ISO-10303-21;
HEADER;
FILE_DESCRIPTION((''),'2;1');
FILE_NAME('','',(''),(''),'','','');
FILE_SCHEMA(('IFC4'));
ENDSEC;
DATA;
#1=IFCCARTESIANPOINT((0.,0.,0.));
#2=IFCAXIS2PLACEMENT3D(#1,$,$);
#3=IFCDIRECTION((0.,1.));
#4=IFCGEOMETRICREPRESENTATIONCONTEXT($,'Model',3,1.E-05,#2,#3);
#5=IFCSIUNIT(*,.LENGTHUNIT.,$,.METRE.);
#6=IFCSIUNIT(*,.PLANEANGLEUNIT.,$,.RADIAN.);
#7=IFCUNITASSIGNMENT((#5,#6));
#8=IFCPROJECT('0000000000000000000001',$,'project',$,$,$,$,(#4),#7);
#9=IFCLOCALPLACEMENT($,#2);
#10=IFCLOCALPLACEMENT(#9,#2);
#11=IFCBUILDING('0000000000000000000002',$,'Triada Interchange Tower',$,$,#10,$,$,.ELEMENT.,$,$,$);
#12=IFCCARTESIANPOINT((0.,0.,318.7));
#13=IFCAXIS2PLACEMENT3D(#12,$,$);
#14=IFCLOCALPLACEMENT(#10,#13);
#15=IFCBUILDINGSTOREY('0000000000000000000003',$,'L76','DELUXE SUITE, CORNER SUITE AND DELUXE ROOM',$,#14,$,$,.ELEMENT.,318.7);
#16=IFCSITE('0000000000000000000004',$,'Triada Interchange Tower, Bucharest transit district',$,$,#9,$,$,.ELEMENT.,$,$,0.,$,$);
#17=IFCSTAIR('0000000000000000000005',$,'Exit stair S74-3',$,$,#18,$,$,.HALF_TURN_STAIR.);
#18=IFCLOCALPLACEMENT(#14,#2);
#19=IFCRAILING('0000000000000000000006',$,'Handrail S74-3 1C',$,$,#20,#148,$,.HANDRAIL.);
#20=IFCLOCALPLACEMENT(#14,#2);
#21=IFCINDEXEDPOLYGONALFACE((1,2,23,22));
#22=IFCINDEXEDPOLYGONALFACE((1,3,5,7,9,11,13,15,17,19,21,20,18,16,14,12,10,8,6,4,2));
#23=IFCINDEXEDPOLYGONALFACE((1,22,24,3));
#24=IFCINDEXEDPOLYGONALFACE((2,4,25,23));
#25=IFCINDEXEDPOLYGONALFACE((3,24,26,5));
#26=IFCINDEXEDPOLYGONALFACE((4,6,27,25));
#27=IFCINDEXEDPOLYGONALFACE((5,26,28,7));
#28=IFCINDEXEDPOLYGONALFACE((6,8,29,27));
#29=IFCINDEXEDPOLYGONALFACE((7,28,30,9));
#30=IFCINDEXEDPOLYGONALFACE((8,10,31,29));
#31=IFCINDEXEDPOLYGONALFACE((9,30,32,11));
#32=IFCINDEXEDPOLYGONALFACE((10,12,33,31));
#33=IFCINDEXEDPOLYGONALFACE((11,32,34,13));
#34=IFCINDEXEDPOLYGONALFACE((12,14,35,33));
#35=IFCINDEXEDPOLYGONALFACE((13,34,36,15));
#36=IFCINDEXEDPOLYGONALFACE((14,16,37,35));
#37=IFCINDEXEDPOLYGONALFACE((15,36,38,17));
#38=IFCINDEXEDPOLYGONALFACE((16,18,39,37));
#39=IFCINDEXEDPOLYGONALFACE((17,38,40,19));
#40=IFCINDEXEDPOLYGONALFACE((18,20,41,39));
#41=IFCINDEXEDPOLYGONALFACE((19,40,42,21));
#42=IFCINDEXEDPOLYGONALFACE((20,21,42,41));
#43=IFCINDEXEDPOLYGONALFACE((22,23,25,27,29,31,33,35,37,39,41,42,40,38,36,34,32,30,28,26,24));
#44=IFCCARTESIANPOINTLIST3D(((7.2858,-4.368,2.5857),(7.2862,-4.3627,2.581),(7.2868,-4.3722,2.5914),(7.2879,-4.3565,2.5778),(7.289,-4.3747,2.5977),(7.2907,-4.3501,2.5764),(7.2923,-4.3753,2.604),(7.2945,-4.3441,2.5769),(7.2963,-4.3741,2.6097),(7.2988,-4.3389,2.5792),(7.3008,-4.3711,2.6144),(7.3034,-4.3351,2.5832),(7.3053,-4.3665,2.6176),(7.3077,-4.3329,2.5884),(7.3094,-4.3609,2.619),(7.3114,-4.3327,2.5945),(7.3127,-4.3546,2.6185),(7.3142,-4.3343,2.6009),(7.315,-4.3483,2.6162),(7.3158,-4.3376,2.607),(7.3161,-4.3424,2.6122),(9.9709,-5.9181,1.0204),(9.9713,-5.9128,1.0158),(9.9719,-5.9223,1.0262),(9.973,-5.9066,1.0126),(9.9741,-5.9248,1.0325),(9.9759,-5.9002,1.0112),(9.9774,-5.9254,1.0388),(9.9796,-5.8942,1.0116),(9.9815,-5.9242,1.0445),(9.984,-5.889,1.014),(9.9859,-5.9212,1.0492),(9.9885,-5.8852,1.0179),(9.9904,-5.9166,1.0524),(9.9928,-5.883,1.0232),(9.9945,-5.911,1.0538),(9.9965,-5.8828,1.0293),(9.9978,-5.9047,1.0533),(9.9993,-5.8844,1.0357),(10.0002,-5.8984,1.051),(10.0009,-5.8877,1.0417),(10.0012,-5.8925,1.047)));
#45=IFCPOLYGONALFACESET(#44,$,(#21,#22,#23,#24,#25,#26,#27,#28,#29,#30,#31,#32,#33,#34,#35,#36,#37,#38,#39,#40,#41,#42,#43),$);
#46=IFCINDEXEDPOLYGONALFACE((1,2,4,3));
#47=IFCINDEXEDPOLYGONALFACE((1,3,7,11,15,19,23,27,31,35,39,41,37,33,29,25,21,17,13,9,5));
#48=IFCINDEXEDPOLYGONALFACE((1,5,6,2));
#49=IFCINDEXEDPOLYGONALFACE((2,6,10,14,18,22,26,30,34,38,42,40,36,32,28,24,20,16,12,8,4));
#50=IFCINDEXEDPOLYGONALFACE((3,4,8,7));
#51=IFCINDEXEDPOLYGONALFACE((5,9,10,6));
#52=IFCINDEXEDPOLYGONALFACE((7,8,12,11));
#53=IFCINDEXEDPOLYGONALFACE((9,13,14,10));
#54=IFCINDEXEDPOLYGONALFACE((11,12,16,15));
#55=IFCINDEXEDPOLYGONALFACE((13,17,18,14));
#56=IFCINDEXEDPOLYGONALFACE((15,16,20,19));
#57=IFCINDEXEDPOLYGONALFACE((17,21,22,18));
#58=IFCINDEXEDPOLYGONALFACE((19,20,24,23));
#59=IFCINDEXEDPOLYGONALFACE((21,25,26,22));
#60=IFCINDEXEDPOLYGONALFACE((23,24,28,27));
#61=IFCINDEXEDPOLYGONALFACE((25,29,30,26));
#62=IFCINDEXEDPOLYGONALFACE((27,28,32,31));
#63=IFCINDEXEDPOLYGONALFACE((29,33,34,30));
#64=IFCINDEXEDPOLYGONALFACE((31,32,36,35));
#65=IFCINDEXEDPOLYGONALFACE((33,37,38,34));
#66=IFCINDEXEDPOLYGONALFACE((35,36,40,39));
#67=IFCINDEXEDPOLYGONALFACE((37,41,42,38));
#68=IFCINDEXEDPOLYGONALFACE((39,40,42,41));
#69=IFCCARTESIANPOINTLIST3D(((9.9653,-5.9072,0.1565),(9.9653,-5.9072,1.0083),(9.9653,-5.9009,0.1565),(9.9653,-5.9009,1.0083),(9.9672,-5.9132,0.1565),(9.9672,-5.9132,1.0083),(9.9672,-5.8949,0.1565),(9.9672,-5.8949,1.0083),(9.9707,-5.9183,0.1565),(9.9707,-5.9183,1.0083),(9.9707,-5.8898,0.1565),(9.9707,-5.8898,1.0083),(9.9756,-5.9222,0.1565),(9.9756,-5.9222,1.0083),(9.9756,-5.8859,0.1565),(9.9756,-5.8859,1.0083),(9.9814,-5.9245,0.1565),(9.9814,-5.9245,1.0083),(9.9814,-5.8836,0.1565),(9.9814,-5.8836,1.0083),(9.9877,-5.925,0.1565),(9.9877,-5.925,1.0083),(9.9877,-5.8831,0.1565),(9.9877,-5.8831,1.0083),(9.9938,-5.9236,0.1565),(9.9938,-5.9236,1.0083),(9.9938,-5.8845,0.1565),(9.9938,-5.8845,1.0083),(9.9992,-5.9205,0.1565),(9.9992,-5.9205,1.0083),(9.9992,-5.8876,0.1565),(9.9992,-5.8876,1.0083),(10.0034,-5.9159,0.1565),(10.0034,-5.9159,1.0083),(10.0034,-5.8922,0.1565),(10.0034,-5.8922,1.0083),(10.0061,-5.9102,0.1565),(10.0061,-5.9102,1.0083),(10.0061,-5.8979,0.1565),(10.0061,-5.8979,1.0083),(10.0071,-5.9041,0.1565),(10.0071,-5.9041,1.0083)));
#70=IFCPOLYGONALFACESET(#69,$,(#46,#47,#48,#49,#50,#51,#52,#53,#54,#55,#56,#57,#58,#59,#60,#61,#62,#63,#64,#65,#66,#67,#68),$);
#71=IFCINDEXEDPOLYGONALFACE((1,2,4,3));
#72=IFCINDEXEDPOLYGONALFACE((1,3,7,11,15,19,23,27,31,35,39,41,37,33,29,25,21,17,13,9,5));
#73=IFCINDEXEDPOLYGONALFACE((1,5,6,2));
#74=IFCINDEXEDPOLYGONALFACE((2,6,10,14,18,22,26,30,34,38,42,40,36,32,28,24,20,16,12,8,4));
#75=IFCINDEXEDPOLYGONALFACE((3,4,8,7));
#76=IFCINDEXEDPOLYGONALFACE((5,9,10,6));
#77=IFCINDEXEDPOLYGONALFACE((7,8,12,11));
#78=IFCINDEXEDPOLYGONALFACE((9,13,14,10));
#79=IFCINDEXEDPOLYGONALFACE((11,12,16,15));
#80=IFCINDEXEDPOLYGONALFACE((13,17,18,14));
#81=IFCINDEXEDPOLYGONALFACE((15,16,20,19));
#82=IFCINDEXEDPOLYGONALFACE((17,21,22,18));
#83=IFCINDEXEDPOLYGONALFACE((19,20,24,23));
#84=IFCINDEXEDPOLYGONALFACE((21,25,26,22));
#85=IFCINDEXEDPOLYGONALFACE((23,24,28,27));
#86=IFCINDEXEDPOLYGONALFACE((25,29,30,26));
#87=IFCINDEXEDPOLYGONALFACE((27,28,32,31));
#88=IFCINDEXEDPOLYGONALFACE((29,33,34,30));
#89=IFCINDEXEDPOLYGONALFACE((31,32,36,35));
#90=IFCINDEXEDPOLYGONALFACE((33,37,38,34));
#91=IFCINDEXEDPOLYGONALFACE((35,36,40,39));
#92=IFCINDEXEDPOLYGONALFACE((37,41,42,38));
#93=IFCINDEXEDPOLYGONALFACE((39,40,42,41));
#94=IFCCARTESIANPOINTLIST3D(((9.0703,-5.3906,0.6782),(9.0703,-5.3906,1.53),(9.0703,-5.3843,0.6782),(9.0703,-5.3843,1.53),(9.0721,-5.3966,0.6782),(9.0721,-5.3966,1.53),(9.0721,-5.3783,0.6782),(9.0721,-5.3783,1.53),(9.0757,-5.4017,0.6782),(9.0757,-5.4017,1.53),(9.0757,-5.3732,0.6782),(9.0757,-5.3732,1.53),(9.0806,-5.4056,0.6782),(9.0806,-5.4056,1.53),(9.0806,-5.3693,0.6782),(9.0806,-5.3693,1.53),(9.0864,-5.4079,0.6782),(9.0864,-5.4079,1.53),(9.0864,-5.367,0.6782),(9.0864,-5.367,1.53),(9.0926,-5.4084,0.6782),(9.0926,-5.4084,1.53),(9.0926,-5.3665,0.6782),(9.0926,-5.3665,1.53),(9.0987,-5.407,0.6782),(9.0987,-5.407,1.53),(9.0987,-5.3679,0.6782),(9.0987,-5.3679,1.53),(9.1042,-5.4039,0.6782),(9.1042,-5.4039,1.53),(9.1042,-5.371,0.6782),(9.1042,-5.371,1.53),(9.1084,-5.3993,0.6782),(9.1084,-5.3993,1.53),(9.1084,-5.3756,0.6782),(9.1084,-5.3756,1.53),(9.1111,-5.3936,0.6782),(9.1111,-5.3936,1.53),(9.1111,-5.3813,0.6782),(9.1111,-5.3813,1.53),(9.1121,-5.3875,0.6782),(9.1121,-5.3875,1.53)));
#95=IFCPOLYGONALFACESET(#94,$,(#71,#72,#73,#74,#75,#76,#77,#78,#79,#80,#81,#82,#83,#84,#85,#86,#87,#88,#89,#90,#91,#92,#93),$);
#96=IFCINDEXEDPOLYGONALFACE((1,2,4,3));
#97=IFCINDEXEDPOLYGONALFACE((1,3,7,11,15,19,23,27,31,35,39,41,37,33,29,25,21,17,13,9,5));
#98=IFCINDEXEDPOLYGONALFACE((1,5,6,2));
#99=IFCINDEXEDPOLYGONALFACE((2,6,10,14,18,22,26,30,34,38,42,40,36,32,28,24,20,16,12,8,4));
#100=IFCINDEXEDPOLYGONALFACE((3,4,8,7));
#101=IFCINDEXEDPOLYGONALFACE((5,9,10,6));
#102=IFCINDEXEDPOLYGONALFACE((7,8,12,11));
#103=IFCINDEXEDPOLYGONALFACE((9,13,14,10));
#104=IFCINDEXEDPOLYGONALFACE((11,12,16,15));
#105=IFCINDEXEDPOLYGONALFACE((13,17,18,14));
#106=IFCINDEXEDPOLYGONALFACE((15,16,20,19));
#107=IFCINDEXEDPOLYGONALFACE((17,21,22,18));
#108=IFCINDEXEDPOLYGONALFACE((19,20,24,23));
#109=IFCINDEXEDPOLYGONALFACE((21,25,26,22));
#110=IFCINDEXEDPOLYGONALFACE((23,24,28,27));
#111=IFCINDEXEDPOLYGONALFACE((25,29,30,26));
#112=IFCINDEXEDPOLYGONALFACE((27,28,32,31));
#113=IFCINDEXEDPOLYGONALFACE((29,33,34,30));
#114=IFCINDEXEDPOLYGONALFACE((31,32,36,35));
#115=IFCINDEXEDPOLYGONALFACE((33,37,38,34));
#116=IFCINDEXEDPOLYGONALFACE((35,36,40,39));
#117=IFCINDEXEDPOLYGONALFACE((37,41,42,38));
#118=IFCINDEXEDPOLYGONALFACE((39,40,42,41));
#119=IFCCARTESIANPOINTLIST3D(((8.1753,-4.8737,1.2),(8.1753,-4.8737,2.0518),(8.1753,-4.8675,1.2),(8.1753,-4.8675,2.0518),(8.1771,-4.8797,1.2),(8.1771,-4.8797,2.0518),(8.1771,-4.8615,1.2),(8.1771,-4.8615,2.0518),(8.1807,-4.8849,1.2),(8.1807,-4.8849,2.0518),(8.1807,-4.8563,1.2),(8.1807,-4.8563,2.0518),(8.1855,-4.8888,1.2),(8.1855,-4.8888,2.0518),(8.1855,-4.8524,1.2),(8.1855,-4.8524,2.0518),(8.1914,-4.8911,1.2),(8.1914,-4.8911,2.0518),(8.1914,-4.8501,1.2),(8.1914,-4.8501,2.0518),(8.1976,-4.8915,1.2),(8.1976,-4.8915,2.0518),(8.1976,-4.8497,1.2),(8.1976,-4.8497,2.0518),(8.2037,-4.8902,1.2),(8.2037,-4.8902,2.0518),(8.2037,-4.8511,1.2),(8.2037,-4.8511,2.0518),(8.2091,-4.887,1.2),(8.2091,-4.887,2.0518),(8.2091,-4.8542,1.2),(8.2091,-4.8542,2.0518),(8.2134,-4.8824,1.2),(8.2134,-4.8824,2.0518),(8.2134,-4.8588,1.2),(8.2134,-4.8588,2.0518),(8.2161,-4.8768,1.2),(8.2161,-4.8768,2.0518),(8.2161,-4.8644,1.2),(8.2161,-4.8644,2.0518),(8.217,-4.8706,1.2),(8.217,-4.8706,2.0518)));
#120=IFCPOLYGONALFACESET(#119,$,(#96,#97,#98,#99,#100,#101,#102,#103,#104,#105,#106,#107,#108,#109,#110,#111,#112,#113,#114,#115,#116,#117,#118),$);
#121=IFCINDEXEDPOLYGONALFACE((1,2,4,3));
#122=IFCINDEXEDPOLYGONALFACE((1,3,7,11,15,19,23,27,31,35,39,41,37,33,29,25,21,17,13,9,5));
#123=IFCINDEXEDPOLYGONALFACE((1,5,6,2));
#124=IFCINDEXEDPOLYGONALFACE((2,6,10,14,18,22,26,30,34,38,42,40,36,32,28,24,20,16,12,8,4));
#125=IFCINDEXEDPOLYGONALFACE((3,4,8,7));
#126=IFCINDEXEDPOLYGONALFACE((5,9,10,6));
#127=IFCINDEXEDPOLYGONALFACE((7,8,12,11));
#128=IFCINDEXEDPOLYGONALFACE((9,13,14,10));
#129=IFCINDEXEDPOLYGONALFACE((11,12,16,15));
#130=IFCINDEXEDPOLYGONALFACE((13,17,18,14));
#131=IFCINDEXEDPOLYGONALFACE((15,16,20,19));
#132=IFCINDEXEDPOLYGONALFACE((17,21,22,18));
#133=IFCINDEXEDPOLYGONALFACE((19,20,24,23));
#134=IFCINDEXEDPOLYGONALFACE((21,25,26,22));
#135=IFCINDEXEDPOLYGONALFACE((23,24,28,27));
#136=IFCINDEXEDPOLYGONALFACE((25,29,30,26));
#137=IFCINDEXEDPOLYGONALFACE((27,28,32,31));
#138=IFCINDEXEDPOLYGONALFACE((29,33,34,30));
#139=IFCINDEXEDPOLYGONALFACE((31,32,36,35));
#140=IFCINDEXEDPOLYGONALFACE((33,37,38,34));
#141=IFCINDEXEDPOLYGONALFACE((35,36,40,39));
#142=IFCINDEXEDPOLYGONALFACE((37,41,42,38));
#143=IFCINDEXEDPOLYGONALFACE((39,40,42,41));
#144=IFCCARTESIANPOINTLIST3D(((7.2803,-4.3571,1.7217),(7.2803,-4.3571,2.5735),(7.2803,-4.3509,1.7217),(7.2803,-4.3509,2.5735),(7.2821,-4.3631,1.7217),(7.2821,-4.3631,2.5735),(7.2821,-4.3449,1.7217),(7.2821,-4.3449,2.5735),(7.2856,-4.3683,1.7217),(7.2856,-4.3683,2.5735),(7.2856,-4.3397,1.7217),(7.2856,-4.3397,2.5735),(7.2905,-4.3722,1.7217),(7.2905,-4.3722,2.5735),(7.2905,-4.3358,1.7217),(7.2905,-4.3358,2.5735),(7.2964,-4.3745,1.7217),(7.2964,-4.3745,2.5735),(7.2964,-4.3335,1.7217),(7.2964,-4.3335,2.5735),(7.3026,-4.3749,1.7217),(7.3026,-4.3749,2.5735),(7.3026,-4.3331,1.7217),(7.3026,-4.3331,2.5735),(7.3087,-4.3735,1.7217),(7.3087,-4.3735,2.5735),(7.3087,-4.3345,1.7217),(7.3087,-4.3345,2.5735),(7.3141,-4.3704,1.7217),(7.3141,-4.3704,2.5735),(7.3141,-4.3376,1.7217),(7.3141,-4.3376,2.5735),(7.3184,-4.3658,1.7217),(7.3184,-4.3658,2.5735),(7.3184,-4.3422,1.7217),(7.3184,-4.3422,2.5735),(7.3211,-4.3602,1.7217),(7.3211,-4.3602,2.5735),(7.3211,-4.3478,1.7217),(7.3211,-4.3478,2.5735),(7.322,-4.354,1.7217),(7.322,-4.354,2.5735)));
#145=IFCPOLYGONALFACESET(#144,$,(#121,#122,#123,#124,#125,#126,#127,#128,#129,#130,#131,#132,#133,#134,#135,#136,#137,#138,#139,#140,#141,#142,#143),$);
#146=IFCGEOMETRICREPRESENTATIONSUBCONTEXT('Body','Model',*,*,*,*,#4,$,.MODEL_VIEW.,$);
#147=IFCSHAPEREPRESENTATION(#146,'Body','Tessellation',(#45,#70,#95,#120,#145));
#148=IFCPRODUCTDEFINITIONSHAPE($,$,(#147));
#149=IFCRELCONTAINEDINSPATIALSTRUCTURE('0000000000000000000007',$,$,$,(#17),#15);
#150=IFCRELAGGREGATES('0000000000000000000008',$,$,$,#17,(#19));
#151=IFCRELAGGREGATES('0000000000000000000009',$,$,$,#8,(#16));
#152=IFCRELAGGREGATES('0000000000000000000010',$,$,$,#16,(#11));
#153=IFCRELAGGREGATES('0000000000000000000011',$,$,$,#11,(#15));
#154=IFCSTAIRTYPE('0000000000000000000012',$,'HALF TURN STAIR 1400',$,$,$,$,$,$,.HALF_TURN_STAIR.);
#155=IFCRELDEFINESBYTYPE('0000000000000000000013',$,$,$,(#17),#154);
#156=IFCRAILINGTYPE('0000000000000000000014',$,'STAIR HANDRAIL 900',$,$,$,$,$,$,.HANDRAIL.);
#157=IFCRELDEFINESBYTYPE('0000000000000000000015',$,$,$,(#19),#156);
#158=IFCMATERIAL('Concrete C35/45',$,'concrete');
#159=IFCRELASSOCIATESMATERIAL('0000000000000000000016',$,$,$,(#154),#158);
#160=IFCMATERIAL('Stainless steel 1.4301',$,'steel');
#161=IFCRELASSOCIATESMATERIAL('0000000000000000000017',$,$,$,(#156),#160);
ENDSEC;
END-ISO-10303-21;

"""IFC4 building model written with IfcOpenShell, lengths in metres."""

from ifc_helpers import new_model, si_unit, direction, frame, origin, origin_2d, place, context, subcontext, project, spatial, circle, extrude, material, type_object, element, aggregate, save


model = new_model("IFC4")

# Units and contexts
model_context = context("Model", 3, precision=1e-05, world=origin(), true_north=direction((0.0, 1.0)))
body_context = subcontext(model_context, "Body", "Model", "MODEL_VIEW")
ifc_project = project(units=[si_unit("LENGTHUNIT", "METRE"), si_unit("PLANEANGLEUNIT", "RADIAN")], contexts=[model_context])

# Site, building, storey
site_placement = place(None, origin())
site = spatial("IfcSite", under=ifc_project, at=site_placement, Name="Triada Interchange Tower, Bucharest transit district", CompositionType="ELEMENT", RefElevation=0.0)
building_placement = place(site_placement, origin())
building = spatial("IfcBuilding", under=site, at=building_placement, Name="Triada Interchange Tower", CompositionType="ELEMENT")
storey_placement = place(building_placement, frame((0.0, 0.0, 318.7)))
storey = spatial("IfcBuildingStorey", under=building, at=storey_placement, Name="L76", Description="DELUXE SUITE, CORNER SUITE AND DELUXE ROOM", CompositionType="ELEMENT", Elevation=318.7)

# Stair, railing
ifc_material_1 = material(Name="Concrete C35/45", Category="concrete")
stair_type = type_object("IfcStairType", Name="HALF TURN STAIR 1400", PredefinedType="HALF_TURN_STAIR", material=ifc_material_1)
stair_placement = place(storey_placement, origin())
stair = element("IfcStair", 1, at=stair_placement, inside=storey, type_object=stair_type, Name="Exit stair S74-3", PredefinedType="HALF_TURN_STAIR")
ifc_material_2 = material(Name="Stainless steel 1.4301", Category="steel")
railing_type = type_object("IfcRailingType", Name="STAIR HANDRAIL 900", PredefinedType="HANDRAIL", material=ifc_material_2)
railing_1_placement = place(storey_placement, frame((9.9861, -5.9041, 0.1565)))
railing_1 = element("IfcRailing", 2, at=railing_1_placement, type_object=railing_type, Name="Handrail S74-3 1C", PredefinedType="HANDRAIL", context=body_context, shape_type="SweptSolid", body=[
    extrude(circle(Radius=0.0239, at=origin_2d()), frame((0.0, 0.0, 0.876), z_axis=(-0.773115, 0.446309, 0.450667), x_axis=(-0.499959, -0.866049, 0.0)), (0.0, 0.0, 1.0), 3.4731),
    extrude(circle(Radius=0.021, at=origin_2d()), origin(), (0.0, 0.0, 1.0), 0.8518),
    extrude(circle(Radius=0.021, at=origin_2d()), frame((-0.895, 0.5166, 0.5217)), (0.0, 0.0, 1.0), 0.8518),
    extrude(circle(Radius=0.021, at=origin_2d()), frame((-1.79, 1.0334, 1.0435)), (0.0, 0.0, 1.0), 0.8518),
    extrude(circle(Radius=0.021, at=origin_2d()), frame((-2.6851, 1.55, 1.5652)), (0.0, 0.0, 1.0), 0.8518),
])
aggregate(stair, [railing_1])

save(model, "model.ifc")
